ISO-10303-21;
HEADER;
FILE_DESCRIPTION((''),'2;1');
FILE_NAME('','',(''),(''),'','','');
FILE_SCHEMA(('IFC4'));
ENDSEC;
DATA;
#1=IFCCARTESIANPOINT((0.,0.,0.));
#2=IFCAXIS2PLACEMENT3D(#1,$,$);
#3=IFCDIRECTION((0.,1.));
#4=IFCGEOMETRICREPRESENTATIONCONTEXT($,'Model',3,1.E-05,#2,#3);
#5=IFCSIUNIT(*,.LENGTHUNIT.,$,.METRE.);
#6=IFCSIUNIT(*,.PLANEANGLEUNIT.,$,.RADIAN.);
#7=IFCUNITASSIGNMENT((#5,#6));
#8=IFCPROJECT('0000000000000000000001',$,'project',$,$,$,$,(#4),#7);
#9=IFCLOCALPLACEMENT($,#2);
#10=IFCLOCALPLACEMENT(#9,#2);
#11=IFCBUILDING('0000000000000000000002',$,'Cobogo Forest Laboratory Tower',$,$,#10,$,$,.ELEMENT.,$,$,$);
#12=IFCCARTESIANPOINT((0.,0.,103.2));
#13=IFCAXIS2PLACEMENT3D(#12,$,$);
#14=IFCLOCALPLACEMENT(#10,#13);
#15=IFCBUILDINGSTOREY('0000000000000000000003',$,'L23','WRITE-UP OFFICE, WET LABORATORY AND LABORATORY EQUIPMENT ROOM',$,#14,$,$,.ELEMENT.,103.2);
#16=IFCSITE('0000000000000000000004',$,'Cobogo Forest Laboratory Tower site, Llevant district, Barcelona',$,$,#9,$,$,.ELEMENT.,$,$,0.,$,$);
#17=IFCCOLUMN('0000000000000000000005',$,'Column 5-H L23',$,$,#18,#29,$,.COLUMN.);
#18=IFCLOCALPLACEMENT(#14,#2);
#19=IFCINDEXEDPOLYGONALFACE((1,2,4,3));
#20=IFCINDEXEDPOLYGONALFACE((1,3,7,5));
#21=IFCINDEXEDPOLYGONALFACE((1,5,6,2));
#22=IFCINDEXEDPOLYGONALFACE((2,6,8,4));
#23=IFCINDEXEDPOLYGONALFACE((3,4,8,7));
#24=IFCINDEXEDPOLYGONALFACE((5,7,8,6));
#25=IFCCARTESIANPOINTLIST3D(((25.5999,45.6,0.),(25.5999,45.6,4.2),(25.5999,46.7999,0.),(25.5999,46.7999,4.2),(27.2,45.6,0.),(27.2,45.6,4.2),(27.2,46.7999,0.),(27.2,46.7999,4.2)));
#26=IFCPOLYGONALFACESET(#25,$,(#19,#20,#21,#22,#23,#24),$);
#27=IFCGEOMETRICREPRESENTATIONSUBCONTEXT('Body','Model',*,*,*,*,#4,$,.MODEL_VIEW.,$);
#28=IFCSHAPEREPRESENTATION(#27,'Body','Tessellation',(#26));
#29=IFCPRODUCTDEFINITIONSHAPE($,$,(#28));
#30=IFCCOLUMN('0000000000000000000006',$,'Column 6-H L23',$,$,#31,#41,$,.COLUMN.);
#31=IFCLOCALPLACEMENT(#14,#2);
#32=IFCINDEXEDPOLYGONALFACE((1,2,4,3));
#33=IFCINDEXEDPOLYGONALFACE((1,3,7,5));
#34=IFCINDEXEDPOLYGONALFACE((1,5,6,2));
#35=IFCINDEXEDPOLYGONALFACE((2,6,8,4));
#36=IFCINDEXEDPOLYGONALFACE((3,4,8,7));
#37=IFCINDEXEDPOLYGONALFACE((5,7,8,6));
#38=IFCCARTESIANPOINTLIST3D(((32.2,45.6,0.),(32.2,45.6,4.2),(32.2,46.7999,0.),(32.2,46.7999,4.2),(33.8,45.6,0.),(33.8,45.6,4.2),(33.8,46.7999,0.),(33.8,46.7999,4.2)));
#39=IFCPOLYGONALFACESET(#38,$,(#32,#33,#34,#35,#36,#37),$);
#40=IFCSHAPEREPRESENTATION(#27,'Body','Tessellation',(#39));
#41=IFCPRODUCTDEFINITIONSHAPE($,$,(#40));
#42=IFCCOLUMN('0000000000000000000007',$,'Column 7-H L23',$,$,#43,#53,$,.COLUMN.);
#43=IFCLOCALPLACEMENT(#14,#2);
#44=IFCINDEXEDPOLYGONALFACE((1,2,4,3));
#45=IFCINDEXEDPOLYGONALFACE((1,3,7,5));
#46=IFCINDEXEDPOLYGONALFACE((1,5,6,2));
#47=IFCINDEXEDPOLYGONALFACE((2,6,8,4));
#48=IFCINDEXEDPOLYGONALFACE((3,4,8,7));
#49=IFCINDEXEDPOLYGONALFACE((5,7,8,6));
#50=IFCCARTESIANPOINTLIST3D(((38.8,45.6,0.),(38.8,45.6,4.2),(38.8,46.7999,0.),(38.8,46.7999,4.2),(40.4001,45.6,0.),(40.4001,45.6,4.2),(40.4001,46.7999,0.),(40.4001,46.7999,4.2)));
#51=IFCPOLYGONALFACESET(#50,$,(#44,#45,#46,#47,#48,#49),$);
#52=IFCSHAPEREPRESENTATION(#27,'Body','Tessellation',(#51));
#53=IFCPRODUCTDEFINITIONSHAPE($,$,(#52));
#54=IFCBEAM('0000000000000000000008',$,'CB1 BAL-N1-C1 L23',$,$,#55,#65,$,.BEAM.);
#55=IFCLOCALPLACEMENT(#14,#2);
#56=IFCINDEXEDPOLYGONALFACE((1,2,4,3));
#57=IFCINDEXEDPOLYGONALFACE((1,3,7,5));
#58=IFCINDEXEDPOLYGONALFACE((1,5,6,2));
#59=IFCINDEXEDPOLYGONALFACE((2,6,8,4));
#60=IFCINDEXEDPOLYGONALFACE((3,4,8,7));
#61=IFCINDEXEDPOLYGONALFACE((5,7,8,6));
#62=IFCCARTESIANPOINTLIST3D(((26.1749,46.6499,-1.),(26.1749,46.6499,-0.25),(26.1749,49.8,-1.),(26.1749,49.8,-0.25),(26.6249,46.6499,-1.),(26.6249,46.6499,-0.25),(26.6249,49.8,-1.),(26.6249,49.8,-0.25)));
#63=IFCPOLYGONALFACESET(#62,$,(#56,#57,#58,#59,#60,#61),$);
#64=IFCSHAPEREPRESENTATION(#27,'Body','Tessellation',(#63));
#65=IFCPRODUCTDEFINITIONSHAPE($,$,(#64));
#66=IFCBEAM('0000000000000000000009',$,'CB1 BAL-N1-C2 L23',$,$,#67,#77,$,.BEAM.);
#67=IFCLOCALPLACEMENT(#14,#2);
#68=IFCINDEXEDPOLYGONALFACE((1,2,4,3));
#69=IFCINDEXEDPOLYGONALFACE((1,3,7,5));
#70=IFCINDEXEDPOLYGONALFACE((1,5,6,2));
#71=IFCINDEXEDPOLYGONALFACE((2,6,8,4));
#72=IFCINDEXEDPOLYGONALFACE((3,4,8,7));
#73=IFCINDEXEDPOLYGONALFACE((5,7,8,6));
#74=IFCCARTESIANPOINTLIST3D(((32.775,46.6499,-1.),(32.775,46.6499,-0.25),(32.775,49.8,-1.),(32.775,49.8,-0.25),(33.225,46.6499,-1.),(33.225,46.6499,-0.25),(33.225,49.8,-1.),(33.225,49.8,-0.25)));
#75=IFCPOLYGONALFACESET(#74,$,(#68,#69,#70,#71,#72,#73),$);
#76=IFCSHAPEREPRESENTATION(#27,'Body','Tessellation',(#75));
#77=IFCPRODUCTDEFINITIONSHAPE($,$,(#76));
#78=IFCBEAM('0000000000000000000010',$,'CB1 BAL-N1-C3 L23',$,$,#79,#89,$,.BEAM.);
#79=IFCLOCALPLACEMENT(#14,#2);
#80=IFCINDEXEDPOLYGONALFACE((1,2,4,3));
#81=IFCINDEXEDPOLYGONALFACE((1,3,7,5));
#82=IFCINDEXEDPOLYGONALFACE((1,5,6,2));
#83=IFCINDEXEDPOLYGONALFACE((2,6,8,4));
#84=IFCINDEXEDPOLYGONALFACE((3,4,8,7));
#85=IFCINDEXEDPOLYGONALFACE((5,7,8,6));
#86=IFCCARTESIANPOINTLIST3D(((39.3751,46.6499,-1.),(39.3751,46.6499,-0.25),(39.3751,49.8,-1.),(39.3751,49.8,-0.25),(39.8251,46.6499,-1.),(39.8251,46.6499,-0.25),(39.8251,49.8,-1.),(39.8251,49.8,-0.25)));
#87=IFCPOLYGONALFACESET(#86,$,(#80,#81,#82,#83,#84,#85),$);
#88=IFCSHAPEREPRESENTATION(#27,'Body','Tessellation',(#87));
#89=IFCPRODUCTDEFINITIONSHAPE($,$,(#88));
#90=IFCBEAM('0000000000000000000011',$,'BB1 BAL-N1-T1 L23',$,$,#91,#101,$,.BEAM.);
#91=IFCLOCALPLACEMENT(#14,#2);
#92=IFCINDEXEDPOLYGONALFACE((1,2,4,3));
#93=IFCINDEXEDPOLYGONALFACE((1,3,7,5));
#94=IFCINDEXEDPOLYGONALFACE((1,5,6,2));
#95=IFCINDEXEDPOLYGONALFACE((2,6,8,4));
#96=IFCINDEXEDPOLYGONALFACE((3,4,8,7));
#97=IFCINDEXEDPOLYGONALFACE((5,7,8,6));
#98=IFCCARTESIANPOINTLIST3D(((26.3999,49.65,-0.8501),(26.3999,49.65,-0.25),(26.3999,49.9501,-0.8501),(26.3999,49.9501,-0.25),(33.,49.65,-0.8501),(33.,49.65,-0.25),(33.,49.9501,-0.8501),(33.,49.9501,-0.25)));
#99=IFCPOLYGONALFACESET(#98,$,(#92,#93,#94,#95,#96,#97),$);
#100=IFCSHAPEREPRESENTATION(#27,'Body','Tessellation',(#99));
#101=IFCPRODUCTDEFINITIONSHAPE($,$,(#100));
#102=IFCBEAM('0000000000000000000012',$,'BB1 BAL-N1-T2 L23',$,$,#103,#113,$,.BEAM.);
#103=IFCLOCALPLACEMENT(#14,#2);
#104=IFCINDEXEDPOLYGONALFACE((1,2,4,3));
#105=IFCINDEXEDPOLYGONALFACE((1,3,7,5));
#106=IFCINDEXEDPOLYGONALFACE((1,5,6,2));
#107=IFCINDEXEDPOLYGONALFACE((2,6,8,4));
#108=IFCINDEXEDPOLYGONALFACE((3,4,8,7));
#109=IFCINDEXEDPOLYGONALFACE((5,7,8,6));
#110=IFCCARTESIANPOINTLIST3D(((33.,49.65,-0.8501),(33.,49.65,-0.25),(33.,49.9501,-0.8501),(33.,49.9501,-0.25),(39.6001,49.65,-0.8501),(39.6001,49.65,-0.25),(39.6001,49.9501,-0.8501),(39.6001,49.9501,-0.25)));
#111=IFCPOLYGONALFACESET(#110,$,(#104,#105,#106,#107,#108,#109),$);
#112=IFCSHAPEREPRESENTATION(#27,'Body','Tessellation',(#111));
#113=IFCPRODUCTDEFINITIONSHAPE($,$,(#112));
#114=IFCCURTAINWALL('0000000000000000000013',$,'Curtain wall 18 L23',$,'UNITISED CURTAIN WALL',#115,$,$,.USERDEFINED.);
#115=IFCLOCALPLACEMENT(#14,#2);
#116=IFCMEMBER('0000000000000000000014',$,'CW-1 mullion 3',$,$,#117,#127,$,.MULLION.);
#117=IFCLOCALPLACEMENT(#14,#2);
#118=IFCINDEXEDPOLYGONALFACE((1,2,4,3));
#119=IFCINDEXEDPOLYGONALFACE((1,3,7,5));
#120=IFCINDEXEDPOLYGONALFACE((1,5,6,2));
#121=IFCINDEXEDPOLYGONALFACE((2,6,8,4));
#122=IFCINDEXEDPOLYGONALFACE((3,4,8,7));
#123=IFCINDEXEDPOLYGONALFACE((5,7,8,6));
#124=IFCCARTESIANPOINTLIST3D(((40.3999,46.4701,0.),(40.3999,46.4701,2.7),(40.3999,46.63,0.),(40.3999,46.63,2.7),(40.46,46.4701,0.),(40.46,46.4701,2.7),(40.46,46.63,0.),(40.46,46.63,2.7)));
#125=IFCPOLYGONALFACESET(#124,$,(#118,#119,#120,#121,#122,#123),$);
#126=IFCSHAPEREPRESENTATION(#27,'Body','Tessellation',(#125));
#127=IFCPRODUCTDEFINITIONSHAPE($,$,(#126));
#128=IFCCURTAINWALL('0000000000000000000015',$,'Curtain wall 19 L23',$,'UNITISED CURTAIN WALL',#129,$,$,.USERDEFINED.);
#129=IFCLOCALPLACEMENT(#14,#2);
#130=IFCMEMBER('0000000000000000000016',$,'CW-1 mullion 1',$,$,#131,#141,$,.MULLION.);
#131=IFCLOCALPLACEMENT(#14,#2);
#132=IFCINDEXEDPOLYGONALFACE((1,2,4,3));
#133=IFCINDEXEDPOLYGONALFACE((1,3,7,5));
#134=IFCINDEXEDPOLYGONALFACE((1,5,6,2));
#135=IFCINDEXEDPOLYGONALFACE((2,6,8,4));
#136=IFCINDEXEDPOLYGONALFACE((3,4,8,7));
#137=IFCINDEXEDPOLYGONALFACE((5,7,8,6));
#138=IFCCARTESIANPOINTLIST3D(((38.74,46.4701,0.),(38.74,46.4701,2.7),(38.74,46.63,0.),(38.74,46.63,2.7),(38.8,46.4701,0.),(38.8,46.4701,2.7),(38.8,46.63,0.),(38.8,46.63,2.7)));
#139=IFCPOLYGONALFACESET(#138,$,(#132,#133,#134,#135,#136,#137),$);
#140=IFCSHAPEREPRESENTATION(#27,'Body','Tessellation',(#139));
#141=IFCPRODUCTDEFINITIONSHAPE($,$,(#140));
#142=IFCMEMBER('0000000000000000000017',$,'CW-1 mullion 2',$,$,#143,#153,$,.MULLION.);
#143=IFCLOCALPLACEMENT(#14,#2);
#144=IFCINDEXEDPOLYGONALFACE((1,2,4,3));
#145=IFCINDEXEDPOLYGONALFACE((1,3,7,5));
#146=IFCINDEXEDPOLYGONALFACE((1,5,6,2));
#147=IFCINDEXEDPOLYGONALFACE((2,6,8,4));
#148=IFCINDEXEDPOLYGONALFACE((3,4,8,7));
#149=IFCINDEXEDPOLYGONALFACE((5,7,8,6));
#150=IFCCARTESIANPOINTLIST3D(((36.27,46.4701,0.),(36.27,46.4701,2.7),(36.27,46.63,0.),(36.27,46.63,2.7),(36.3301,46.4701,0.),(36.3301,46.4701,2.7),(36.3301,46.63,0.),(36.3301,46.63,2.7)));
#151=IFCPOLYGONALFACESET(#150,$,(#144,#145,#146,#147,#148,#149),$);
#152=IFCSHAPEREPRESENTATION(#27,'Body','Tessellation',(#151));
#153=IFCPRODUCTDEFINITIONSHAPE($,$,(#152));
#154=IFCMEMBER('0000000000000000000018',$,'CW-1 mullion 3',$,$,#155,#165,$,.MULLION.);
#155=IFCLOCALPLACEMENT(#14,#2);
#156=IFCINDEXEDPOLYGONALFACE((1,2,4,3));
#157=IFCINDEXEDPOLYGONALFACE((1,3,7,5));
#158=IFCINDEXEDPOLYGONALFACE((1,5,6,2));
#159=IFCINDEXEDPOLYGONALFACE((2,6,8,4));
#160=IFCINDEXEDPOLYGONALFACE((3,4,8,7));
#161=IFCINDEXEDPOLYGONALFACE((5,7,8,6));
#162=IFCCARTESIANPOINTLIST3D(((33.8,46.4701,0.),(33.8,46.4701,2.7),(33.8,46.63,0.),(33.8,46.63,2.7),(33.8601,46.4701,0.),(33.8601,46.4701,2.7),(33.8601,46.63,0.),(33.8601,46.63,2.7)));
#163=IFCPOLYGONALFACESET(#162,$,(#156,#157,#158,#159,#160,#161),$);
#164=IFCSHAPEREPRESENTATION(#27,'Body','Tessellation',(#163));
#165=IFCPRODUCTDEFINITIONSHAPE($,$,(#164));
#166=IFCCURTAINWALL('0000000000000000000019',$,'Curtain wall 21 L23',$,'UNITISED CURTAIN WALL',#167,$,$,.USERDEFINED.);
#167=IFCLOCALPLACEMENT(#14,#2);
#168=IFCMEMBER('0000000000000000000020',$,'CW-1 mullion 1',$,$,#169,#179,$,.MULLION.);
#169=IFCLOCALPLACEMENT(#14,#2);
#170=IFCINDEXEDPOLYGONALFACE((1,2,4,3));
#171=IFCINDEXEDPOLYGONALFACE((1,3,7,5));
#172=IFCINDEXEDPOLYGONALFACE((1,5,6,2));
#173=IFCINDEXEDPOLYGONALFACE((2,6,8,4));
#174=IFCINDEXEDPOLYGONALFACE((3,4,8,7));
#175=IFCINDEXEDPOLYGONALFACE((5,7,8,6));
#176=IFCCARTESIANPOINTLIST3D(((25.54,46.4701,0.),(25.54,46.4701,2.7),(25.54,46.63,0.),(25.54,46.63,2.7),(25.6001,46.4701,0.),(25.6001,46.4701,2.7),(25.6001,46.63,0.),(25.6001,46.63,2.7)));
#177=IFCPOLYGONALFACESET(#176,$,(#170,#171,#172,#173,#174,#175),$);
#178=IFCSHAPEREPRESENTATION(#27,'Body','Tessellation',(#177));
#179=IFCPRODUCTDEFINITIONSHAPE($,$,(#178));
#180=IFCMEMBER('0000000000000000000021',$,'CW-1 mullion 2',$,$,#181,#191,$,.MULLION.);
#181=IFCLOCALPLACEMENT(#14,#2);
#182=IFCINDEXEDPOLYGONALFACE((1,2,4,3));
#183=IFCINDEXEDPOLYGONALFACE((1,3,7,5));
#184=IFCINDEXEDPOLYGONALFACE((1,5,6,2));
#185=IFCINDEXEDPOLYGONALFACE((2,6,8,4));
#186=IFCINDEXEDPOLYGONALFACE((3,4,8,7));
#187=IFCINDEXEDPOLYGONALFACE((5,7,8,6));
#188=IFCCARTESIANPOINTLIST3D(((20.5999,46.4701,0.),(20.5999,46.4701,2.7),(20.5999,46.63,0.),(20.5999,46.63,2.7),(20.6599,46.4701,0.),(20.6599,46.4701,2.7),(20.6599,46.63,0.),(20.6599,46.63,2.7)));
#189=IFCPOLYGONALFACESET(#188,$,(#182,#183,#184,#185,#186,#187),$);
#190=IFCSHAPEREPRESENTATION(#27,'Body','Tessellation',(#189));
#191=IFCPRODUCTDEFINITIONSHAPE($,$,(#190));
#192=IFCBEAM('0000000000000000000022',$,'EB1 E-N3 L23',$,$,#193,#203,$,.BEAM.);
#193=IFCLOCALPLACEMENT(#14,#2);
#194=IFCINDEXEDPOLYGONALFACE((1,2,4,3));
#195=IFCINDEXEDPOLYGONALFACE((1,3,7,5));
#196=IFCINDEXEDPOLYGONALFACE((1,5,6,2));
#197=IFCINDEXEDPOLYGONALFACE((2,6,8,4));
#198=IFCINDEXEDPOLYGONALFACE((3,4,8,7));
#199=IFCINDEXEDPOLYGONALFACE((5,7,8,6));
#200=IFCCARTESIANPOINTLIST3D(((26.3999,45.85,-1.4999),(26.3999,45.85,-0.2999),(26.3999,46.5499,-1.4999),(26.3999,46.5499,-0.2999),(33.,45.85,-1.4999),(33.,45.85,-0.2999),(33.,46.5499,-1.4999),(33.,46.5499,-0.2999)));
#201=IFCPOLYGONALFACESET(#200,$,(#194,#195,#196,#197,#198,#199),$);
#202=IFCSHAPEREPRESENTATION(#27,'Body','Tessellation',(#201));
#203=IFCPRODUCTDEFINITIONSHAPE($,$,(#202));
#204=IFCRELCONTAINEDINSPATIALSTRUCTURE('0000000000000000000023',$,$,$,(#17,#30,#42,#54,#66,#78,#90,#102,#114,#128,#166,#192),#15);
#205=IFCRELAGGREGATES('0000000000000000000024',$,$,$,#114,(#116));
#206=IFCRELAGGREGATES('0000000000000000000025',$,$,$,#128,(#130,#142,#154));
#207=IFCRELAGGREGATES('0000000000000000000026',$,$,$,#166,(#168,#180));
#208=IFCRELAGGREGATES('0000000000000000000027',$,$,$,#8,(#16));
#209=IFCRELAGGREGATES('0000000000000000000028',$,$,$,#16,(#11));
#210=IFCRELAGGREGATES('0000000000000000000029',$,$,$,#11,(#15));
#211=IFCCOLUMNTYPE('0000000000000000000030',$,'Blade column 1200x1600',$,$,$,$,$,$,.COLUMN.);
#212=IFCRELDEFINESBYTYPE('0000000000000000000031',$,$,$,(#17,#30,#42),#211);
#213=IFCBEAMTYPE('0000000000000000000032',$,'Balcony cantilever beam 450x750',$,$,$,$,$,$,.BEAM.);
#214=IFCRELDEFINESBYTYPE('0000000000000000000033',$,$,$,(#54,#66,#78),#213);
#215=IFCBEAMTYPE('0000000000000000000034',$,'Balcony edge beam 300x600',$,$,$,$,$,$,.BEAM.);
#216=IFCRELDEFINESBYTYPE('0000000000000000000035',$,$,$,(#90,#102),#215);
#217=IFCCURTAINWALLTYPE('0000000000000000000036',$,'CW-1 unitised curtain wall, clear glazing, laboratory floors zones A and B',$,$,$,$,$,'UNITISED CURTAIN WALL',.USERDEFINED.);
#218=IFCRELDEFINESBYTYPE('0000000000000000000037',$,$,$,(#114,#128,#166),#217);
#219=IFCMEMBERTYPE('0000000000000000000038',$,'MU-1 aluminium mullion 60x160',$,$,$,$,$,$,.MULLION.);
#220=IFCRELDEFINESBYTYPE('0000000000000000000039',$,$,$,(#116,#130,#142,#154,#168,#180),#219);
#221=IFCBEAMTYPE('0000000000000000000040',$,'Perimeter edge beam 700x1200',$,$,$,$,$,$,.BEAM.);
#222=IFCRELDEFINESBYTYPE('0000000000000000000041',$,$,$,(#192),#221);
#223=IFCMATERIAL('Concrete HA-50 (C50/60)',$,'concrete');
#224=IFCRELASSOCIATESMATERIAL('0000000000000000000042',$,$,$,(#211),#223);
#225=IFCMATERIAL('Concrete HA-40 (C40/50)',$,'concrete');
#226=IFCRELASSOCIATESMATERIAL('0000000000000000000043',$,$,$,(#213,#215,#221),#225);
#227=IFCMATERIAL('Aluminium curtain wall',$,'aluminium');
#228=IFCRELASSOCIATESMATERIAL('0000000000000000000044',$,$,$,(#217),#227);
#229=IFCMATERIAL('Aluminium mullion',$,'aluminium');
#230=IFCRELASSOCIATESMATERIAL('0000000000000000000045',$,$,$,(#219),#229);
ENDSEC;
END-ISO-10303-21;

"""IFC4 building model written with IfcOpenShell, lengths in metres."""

from ifc_helpers import new_model, si_unit, direction, frame, origin, origin_2d, place, context, subcontext, project, spatial, rectangle, extrude, material, material_profile, profile_set, type_object, element, aggregate, save


model = new_model("IFC4")

# Units and contexts
model_context = context("Model", 3, precision=1e-05, world=origin(), true_north=direction((0.0, 1.0)))
body_context = subcontext(model_context, "Body", "Model", "MODEL_VIEW")
ifc_project = project(units=[si_unit("LENGTHUNIT", "METRE"), si_unit("PLANEANGLEUNIT", "RADIAN")], contexts=[model_context])

# Site, building, storey
site_placement = place(None, origin())
site = spatial("IfcSite", under=ifc_project, at=site_placement, Name="Cobogo Forest Laboratory Tower site, Llevant district, Barcelona", CompositionType="ELEMENT", RefElevation=0.0)
building_placement = place(site_placement, origin())
building = spatial("IfcBuilding", under=site, at=building_placement, Name="Cobogo Forest Laboratory Tower", CompositionType="ELEMENT")
storey_placement = place(building_placement, frame((0.0, 0.0, 103.2)))
storey = spatial("IfcBuildingStorey", under=building, at=storey_placement, Name="L23", Description="WRITE-UP OFFICE, WET LABORATORY AND LABORATORY EQUIPMENT ROOM", CompositionType="ELEMENT", Elevation=103.2)

# Columns
ifc_material_1 = material(Name="Concrete HA-50 (C50/60)", Category="concrete")
ifc_material_profile_1 = material_profile(ifc_material_1, rectangle(XDim=1.6001, YDim=1.2, at=origin_2d()), Name="RC 1200x1600")
ifc_profile_set_1 = profile_set([ifc_material_profile_1], Name="Concrete HA-50 (C50/60)")
column_type = type_object("IfcColumnType", Name="Blade column 1200x1600", PredefinedType="COLUMN", material=ifc_profile_set_1)
for number, where, z_axis, x_axis, name in (
    (1, (26.3999, 46.2, 0.0), (0.0, 0.0, 1.0), (1.0, 0.0, 0.0), "Column 5-H L23"),
    (2, (33.0, 46.2, 0.0), (0.0, 0.0, 1.0), (1.0, 0.0, 0.0), "Column 6-H L23"),
    (3, (39.6001, 46.2, 0.0), (0.0, 0.0, 1.0), (1.0, 0.0, 0.0), "Column 7-H L23"),
):
    element("IfcColumn", number, at=place(storey_placement, frame(where, z_axis=z_axis, x_axis=x_axis)), inside=storey, type_object=column_type, Name=name, PredefinedType="COLUMN", context=body_context, shape_type="SweptSolid", body=[
        extrude(rectangle(XDim=1.6001, YDim=1.2, at=origin_2d()), origin(), (0.0, 0.0, 1.0), 4.2),
    ])

# Beams
ifc_material_2 = material(Name="Concrete HA-40 (C40/50)", Category="concrete")
ifc_material_profile_2 = material_profile(ifc_material_2, rectangle(XDim=0.45, YDim=0.75, at=origin_2d()), Name="RC 450x750")
ifc_profile_set_2 = profile_set([ifc_material_profile_2], Name="Concrete HA-40 (C40/50)")
beam_type_1 = type_object("IfcBeamType", Name="Balcony cantilever beam 450x750", PredefinedType="BEAM", material=ifc_profile_set_2)
for number, where, z_axis, x_axis, name in (
    (4, (26.3999, 46.6499, -0.625), (0.0, 1.0, 0.0), (-1.0, 0.0, 0.0), "CB1 BAL-N1-C1 L23"),
    (5, (33.0, 46.6499, -0.625), (0.0, 1.0, 0.0), (-1.0, 0.0, 0.0), "CB1 BAL-N1-C2 L23"),
    (6, (39.6001, 46.6499, -0.625), (0.0, 1.0, 0.0), (-1.0, 0.0, 0.0), "CB1 BAL-N1-C3 L23"),
):
    element("IfcBeam", number, at=place(storey_placement, frame(where, z_axis=z_axis, x_axis=x_axis)), inside=storey, type_object=beam_type_1, Name=name, PredefinedType="BEAM", context=body_context, shape_type="SweptSolid", body=[
        extrude(rectangle(XDim=0.45, YDim=0.75, at=origin_2d()), origin(), (0.0, 0.0, 1.0), 3.1501),
    ])
ifc_material_profile_3 = material_profile(ifc_material_2, rectangle(XDim=0.3, YDim=0.6001, at=origin_2d()), Name="RC 300x600")
ifc_profile_set_3 = profile_set([ifc_material_profile_3], Name="Concrete HA-40 (C40/50)")
beam_type_2 = type_object("IfcBeamType", Name="Balcony edge beam 300x600", PredefinedType="BEAM", material=ifc_profile_set_3)
for number, where, z_axis, x_axis, name in (
    (7, (26.3999, 49.8, -0.55), (1.0, 0.0, 0.0), (0.0, 1.0, 0.0), "BB1 BAL-N1-T1 L23"),
    (8, (33.0, 49.8, -0.55), (1.0, 0.0, 0.0), (0.0, 1.0, 0.0), "BB1 BAL-N1-T2 L23"),
):
    element("IfcBeam", number, at=place(storey_placement, frame(where, z_axis=z_axis, x_axis=x_axis)), inside=storey, type_object=beam_type_2, Name=name, PredefinedType="BEAM", context=body_context, shape_type="SweptSolid", body=[
        extrude(rectangle(XDim=0.3, YDim=0.6001, at=origin_2d()), origin(), (0.0, 0.0, 1.0), 6.6001),
    ])

# Curtain wall, member
ifc_material_3 = material(Name="Aluminium curtain wall", Category="aluminium")
curtain_wall_type = type_object("IfcCurtainWallType", Name="CW-1 unitised curtain wall, clear glazing, laboratory floors zones A and B", ElementType="UNITISED CURTAIN WALL", PredefinedType="USERDEFINED", material=ifc_material_3)
curtain_wall_1_placement = place(storey_placement, origin())
curtain_wall_1 = element("IfcCurtainWall", 9, at=curtain_wall_1_placement, inside=storey, type_object=curtain_wall_type, Name="Curtain wall 18 L23", ObjectType="UNITISED CURTAIN WALL", PredefinedType="USERDEFINED")
ifc_material_4 = material(Name="Aluminium mullion", Category="aluminium")
ifc_material_profile_4 = material_profile(ifc_material_4, rectangle(XDim=0.0601, YDim=0.1599, at=origin_2d()), Name="AL 60x160")
ifc_profile_set_4 = profile_set([ifc_material_profile_4], Name="Aluminium mullion")
member_type_1 = type_object("IfcMemberType", Name="MU-1 aluminium mullion 60x160", PredefinedType="MULLION", material=ifc_profile_set_4)
member_1_placement = place(storey_placement, frame((40.4299, 46.55, 0.0), z_axis=(0.0, 0.0, 1.0), x_axis=(-1.0, 0.0, 0.0)))
member_1 = element("IfcMember", 10, at=member_1_placement, type_object=member_type_1, Name="CW-1 mullion 3", PredefinedType="MULLION", context=body_context, shape_type="SweptSolid", body=[
    extrude(rectangle(XDim=0.0601, YDim=0.1599, at=origin_2d()), origin(), (0.0, 0.0, 1.0), 2.7),
])
aggregate(curtain_wall_1, [member_1])

# Curtain walls, members
curtain_wall_2_placement = place(storey_placement, origin())
curtain_wall_2 = element("IfcCurtainWall", 11, at=curtain_wall_2_placement, inside=storey, type_object=curtain_wall_type, Name="Curtain wall 19 L23", ObjectType="UNITISED CURTAIN WALL", PredefinedType="USERDEFINED")
member_2_placement = place(storey_placement, frame((38.77, 46.55, 0.0), z_axis=(0.0, 0.0, 1.0), x_axis=(-1.0, 0.0, 0.0)))
member_2 = element("IfcMember", 12, at=member_2_placement, type_object=member_type_1, Name="CW-1 mullion 1", PredefinedType="MULLION", context=body_context, shape_type="SweptSolid", body=[
    extrude(rectangle(XDim=0.0601, YDim=0.1599, at=origin_2d()), origin(), (0.0, 0.0, 1.0), 2.7),
])
member_3_placement = place(storey_placement, frame((36.3, 46.55, 0.0), z_axis=(0.0, 0.0, 1.0), x_axis=(-1.0, 0.0, 0.0)))
member_3 = element("IfcMember", 13, at=member_3_placement, type_object=member_type_1, Name="CW-1 mullion 2", PredefinedType="MULLION", context=body_context, shape_type="SweptSolid", body=[
    extrude(rectangle(XDim=0.0601, YDim=0.1599, at=origin_2d()), origin(), (0.0, 0.0, 1.0), 2.7),
])
member_4_placement = place(storey_placement, frame((33.8301, 46.55, 0.0), z_axis=(0.0, 0.0, 1.0), x_axis=(-1.0, 0.0, 0.0)))
member_4 = element("IfcMember", 14, at=member_4_placement, type_object=member_type_1, Name="CW-1 mullion 3", PredefinedType="MULLION", context=body_context, shape_type="SweptSolid", body=[
    extrude(rectangle(XDim=0.0601, YDim=0.1599, at=origin_2d()), origin(), (0.0, 0.0, 1.0), 2.7),
])
curtain_wall_3_placement = place(storey_placement, origin())
curtain_wall_3 = element("IfcCurtainWall", 15, at=curtain_wall_3_placement, inside=storey, type_object=curtain_wall_type, Name="Curtain wall 21 L23", ObjectType="UNITISED CURTAIN WALL", PredefinedType="USERDEFINED")
member_5_placement = place(storey_placement, frame((25.5701, 46.55, 0.0), z_axis=(0.0, 0.0, 1.0), x_axis=(-1.0, 0.0, 0.0)))
member_5 = element("IfcMember", 16, at=member_5_placement, type_object=member_type_1, Name="CW-1 mullion 1", PredefinedType="MULLION", context=body_context, shape_type="SweptSolid", body=[
    extrude(rectangle(XDim=0.0601, YDim=0.1599, at=origin_2d()), origin(), (0.0, 0.0, 1.0), 2.7),
])
member_6_placement = place(storey_placement, frame((20.6299, 46.55, 0.0), z_axis=(0.0, 0.0, 1.0), x_axis=(-1.0, 0.0, 0.0)))
member_6 = element("IfcMember", 17, at=member_6_placement, type_object=member_type_1, Name="CW-1 mullion 2", PredefinedType="MULLION", context=body_context, shape_type="SweptSolid", body=[
    extrude(rectangle(XDim=0.0601, YDim=0.1599, at=origin_2d()), origin(), (0.0, 0.0, 1.0), 2.7),
])

# Beam
ifc_material_profile_5 = material_profile(ifc_material_2, rectangle(XDim=0.7, YDim=1.2, at=origin_2d()), Name="RC 700x1200")
ifc_profile_set_5 = profile_set([ifc_material_profile_5], Name="Concrete HA-40 (C40/50)")
beam_type_3 = type_object("IfcBeamType", Name="Perimeter edge beam 700x1200", PredefinedType="BEAM", material=ifc_profile_set_5)
for number, where, z_axis, x_axis, name in (
    (18, (26.3999, 46.2, -0.8999), (1.0, 0.0, 0.0), (0.0, 1.0, 0.0), "EB1 E-N3 L23"),
):
    element("IfcBeam", number, at=place(storey_placement, frame(where, z_axis=z_axis, x_axis=x_axis)), inside=storey, type_object=beam_type_3, Name=name, PredefinedType="BEAM", context=body_context, shape_type="SweptSolid", body=[
        extrude(rectangle(XDim=0.7, YDim=1.2, at=origin_2d()), origin(), (0.0, 0.0, 1.0), 6.6001),
    ])

aggregate(curtain_wall_2, [member_2, member_3, member_4])
aggregate(curtain_wall_3, [member_5, member_6])

save(model, "model.ifc")
